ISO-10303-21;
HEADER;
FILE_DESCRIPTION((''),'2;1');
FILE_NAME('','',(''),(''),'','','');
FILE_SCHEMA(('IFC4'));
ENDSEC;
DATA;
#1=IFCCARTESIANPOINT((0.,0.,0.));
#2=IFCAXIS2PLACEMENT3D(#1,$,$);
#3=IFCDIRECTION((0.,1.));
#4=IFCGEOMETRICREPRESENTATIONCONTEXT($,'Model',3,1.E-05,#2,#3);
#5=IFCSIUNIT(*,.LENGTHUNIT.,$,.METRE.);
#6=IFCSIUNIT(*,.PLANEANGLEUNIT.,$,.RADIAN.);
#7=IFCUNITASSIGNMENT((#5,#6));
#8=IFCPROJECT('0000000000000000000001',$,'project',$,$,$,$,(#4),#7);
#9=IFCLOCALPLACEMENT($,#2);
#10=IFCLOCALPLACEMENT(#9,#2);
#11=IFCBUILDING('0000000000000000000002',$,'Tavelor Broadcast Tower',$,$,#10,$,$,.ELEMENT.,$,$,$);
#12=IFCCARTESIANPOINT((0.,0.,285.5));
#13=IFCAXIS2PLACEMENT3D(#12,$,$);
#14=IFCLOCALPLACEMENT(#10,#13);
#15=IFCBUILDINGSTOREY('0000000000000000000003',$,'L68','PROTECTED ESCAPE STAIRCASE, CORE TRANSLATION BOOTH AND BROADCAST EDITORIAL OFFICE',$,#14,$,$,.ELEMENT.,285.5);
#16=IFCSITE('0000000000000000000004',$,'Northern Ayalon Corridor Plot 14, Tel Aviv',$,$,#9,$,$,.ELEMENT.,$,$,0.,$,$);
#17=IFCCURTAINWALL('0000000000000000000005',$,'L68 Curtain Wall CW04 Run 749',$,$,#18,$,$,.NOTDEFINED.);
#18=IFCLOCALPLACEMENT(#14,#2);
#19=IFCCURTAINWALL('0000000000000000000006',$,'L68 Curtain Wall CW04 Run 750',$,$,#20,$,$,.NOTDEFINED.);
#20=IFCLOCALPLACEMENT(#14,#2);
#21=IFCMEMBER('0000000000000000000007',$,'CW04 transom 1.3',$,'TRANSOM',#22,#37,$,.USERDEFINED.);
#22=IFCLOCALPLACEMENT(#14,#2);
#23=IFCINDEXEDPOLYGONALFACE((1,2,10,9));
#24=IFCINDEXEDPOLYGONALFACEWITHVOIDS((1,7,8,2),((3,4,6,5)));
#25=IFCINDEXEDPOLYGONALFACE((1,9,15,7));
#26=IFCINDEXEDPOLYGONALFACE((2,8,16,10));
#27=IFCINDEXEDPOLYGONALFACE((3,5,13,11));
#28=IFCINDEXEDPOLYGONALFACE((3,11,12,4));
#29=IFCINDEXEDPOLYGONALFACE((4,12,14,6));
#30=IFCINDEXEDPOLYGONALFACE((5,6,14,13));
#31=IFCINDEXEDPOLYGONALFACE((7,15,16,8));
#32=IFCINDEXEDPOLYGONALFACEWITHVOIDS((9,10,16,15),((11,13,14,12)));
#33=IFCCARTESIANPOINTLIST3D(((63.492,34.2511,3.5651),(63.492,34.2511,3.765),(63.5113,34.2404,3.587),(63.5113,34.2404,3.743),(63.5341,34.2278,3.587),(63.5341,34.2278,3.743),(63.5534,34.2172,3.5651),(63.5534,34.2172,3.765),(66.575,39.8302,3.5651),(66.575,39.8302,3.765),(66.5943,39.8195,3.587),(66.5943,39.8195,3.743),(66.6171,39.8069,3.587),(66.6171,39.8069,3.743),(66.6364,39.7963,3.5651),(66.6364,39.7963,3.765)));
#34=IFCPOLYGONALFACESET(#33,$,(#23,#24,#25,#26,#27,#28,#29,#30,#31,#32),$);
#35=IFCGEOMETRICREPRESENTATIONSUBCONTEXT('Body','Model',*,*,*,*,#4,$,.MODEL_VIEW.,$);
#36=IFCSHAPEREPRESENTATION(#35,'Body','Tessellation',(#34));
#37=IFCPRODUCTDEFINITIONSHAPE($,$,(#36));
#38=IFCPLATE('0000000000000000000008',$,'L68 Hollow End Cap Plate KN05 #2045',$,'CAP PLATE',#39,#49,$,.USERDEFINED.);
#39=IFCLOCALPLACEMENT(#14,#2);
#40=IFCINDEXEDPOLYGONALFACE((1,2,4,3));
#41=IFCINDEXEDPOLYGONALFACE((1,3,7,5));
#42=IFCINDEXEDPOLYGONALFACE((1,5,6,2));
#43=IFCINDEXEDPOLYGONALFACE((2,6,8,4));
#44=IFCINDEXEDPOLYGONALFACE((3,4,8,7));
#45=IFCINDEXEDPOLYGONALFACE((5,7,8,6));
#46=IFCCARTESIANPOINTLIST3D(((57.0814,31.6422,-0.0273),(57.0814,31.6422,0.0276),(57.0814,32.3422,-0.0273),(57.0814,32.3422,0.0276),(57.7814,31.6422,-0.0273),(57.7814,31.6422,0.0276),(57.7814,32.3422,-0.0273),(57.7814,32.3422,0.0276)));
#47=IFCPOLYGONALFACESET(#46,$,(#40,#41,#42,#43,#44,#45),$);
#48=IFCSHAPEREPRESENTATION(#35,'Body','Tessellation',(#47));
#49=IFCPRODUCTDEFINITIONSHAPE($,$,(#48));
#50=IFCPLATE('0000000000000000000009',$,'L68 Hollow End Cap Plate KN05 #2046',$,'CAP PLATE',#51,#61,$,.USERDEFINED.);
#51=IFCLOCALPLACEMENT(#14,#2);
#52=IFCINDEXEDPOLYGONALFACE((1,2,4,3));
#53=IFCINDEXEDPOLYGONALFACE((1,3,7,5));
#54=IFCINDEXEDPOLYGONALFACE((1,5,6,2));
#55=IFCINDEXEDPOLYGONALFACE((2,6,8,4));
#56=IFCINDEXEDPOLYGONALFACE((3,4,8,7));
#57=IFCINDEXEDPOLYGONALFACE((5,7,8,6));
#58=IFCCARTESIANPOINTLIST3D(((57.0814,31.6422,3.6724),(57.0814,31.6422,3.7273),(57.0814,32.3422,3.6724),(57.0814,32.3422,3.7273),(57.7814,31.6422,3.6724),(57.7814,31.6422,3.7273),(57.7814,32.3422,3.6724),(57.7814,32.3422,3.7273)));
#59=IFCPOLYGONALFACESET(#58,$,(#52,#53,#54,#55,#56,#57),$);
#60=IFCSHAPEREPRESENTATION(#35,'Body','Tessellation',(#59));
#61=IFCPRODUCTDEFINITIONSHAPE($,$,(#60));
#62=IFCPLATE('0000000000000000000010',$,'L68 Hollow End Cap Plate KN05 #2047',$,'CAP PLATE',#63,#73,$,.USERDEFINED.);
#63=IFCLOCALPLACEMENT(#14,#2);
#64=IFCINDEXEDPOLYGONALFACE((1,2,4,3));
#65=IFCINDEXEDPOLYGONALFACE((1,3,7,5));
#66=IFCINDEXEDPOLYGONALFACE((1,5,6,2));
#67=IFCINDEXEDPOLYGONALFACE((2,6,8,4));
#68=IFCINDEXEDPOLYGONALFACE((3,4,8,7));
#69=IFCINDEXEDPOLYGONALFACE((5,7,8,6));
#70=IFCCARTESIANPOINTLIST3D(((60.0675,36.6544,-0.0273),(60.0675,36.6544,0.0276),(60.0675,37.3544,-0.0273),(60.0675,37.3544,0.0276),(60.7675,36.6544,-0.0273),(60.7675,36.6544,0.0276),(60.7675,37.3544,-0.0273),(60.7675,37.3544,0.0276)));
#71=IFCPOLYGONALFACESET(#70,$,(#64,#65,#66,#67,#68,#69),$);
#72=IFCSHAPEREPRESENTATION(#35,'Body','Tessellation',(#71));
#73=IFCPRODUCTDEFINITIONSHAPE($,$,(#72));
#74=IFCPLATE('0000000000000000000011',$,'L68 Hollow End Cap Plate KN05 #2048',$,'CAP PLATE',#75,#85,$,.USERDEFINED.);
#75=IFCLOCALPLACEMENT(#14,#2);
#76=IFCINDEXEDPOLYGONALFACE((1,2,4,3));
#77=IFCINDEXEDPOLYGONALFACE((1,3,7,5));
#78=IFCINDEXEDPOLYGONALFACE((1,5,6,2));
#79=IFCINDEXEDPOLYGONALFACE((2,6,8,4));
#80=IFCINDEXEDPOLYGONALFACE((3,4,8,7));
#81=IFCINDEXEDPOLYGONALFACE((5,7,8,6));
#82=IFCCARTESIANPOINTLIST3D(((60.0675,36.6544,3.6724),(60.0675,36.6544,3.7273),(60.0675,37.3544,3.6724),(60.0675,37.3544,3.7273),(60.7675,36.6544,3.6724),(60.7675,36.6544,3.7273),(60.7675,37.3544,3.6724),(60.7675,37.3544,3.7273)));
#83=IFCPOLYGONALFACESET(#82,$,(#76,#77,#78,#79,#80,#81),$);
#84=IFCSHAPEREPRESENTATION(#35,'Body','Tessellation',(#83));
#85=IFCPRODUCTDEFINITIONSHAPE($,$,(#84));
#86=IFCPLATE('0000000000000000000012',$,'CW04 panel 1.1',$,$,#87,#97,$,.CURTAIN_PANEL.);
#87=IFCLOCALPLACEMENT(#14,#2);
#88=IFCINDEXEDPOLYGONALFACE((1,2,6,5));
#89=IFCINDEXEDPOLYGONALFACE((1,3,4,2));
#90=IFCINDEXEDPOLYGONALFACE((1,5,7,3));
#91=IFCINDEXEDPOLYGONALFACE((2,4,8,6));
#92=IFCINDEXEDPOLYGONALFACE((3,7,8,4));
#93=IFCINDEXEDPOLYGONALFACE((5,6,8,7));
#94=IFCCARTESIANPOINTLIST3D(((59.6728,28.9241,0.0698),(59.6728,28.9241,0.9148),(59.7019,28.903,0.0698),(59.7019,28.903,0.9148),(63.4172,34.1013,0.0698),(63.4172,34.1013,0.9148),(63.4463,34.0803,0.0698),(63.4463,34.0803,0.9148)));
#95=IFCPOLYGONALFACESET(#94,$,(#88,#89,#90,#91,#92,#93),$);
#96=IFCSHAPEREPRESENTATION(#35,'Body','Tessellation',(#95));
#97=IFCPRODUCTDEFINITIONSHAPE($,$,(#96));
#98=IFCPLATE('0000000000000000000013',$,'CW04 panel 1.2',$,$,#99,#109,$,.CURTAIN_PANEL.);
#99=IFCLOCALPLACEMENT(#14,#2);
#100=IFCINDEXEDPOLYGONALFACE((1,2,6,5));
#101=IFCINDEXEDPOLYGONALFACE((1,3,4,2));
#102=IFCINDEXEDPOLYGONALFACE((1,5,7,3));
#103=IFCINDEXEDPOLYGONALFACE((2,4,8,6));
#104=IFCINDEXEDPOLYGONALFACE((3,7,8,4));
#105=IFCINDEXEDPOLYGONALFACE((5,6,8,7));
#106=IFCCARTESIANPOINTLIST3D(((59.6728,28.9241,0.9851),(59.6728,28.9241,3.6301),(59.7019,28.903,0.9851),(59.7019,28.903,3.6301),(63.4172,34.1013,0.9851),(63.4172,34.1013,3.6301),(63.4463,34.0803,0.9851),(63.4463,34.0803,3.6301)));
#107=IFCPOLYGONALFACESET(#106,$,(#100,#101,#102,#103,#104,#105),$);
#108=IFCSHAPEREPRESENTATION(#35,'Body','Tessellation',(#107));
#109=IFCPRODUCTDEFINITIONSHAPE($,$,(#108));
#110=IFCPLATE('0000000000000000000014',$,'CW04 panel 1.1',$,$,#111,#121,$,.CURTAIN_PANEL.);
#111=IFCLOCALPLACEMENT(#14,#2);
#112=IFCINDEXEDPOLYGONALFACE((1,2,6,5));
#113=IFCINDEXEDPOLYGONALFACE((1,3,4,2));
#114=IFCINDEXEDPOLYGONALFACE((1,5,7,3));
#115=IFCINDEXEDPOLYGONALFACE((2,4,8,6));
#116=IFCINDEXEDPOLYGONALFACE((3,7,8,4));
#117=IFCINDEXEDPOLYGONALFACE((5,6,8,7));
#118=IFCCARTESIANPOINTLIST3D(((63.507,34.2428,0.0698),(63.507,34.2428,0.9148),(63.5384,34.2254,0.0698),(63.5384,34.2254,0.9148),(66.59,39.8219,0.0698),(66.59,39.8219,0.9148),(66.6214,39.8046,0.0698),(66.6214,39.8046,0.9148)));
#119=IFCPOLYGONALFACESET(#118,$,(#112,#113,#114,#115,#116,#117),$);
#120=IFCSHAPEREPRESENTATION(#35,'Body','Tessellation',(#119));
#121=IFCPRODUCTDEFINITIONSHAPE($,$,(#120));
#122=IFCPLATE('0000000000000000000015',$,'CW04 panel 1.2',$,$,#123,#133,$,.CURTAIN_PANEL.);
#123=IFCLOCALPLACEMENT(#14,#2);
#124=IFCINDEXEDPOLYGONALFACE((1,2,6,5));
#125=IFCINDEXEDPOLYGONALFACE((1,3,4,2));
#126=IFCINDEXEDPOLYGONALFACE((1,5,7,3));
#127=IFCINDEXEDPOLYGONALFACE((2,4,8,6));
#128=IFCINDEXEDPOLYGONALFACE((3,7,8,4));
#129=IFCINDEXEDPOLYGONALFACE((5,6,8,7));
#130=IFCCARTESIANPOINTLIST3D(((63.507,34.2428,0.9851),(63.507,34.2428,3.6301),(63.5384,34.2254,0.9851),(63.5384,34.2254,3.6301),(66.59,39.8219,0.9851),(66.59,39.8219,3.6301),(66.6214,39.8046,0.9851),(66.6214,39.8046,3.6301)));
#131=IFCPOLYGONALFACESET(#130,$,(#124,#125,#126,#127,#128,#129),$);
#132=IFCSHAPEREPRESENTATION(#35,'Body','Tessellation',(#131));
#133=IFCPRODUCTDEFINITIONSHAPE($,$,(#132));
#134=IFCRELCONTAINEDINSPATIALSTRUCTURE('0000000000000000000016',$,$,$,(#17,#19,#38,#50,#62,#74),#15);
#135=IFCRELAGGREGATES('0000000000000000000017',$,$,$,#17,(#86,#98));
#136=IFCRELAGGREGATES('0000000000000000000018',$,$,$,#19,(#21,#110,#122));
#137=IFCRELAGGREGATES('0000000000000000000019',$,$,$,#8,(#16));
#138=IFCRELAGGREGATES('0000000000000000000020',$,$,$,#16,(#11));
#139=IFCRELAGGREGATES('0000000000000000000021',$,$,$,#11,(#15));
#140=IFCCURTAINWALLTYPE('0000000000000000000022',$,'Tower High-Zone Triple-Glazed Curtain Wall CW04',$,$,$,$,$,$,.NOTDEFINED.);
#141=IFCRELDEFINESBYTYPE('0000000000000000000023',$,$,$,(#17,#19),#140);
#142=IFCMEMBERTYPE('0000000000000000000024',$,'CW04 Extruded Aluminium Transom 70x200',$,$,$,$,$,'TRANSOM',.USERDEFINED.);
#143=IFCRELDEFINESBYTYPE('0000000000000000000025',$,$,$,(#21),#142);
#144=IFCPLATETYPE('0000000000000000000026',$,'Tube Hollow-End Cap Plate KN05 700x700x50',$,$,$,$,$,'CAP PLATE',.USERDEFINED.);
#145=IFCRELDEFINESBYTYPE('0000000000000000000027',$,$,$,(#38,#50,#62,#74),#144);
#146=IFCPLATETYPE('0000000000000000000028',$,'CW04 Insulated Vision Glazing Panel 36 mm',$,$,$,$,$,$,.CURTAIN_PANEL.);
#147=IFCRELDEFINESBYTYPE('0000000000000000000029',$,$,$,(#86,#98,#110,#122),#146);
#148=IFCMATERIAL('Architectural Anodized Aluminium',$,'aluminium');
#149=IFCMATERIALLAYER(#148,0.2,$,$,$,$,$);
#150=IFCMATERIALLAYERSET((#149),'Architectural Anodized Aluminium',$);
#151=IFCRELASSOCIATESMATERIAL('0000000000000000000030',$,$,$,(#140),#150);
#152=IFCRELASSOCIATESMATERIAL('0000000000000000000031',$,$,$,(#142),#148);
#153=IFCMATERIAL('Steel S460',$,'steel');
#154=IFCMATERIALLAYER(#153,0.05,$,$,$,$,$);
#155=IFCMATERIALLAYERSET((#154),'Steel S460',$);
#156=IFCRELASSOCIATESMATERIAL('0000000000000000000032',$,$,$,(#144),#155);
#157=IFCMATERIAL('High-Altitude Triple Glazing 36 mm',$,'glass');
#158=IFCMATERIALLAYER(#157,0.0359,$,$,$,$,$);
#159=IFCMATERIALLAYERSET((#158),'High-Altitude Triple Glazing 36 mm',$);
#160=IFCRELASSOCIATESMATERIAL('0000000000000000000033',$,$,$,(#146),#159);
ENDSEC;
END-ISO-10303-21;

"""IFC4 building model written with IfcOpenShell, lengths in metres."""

from ifc_helpers import new_model, si_unit, direction, frame, origin, origin_2d, place, context, subcontext, project, spatial, rectangle, hollow_rectangle, extrude, source, transform, mapped, material, layer, layer_set, material_profile, profile_set, type_object, type_shapes, element, aggregate, save


model = new_model("IFC4")

# Units and contexts
model_context = context("Model", 3, precision=1e-05, world=origin(), true_north=direction((0.0, 1.0)))
body_context = subcontext(model_context, "Body", "Model", "MODEL_VIEW")
ifc_project = project(units=[si_unit("LENGTHUNIT", "METRE"), si_unit("PLANEANGLEUNIT", "RADIAN")], contexts=[model_context])

# Site, building, storey
site_placement = place(None, origin())
site = spatial("IfcSite", under=ifc_project, at=site_placement, Name="Northern Ayalon Corridor Plot 14, Tel Aviv", CompositionType="ELEMENT", RefElevation=0.0)
building_placement = place(site_placement, origin())
building = spatial("IfcBuilding", under=site, at=building_placement, Name="Tavelor Broadcast Tower", CompositionType="ELEMENT")
storey_placement = place(building_placement, frame((0.0, 0.0, 285.5)))
storey = spatial("IfcBuildingStorey", under=building, at=storey_placement, Name="L68", Description="PROTECTED ESCAPE STAIRCASE, CORE TRANSLATION BOOTH AND BROADCAST EDITORIAL OFFICE", CompositionType="ELEMENT", Elevation=285.5)

# Shared definitions
ifc_material_1 = material(Name="Steel S460", Category="steel")

# Curtain wall
ifc_material_2 = material(Name="Architectural Anodized Aluminium", Category="aluminium")
ifc_layer_1 = layer(ifc_material_2, 0.2)
ifc_layer_set_1 = layer_set([ifc_layer_1], Name="Architectural Anodized Aluminium")
curtain_wall_type = type_object("IfcCurtainWallType", Name="Tower High-Zone Triple-Glazed Curtain Wall CW04", PredefinedType="NOTDEFINED", material=ifc_layer_set_1)
curtain_wall_1_placement = place(storey_placement, origin())
curtain_wall_1 = element("IfcCurtainWall", 1, at=curtain_wall_1_placement, inside=storey, type_object=curtain_wall_type, Name="L68 Curtain Wall CW04 Run 749", PredefinedType="NOTDEFINED")

# Curtain wall
curtain_wall_2_placement = place(storey_placement, origin())
curtain_wall_2 = element("IfcCurtainWall", 2, at=curtain_wall_2_placement, inside=storey, type_object=curtain_wall_type, Name="L68 Curtain Wall CW04 Run 750", PredefinedType="NOTDEFINED")

# Member
ifc_material_profile_1 = material_profile(ifc_material_2, hollow_rectangle(XDim=0.0701, YDim=0.2, WallThickness=0.022, at=origin_2d()), Name="RHS 70x200x22")
ifc_profile_set_1 = profile_set([ifc_material_profile_1], Name="Architectural Anodized Aluminium")
member_type_1 = type_object("IfcMemberType", Name="CW04 Extruded Aluminium Transom 70x200", ElementType="TRANSOM", PredefinedType="USERDEFINED", material=ifc_profile_set_1)
shared_shape_1 = source(origin(), body_context, "Body", "SweptSolid", [
    extrude(hollow_rectangle(XDim=0.0701, YDim=0.2, WallThickness=0.022, at=origin_2d()), origin(), (0.0, 0.0, 1.0), 6.3743),
])
member_1_placement = place(storey_placement, frame((63.5227, 34.2341, 3.665), z_axis=(0.483664, 0.875253, 0.0), x_axis=(-0.875253, 0.483664, 0.0)))
member_1 = element("IfcMember", 3, at=member_1_placement, type_object=member_type_1, Name="CW04 transom 1.3", ObjectType="TRANSOM", PredefinedType="USERDEFINED", context=body_context, shape_type="MappedRepresentation", body=[
    mapped(shared_shape_1, transform((0.0, 0.0, 0.0), scale=1.0)),
])

# Plates
ifc_layer_2 = layer(ifc_material_1, 0.05)
ifc_layer_set_2 = layer_set([ifc_layer_2], Name="Steel S460")
plate_type_1 = type_object("IfcPlateType", Name="Tube Hollow-End Cap Plate KN05 700x700x50", ElementType="CAP PLATE", PredefinedType="USERDEFINED", material=ifc_layer_set_2)
shared_shape_2 = source(origin(), body_context, "Body", "SweptSolid", [
    extrude(rectangle(XDim=0.7, YDim=0.7, at=origin_2d()), origin(), (0.0, 0.0, 1.0), 0.0549),
])
type_shapes(plate_type_1, [shared_shape_2])
for number, where, z_axis, x_axis, name in (
    (4, (57.4314, 31.9922, -0.0273), (0.0, 0.0, 1.0), (1.0, 0.0, 0.0), "L68 Hollow End Cap Plate KN05 #2045"),
    (5, (57.4314, 31.9922, 3.6724), (0.0, 0.0, 1.0), (1.0, 0.0, 0.0), "L68 Hollow End Cap Plate KN05 #2046"),
    (6, (60.4175, 37.0044, -0.0273), (0.0, 0.0, 1.0), (1.0, 0.0, 0.0), "L68 Hollow End Cap Plate KN05 #2047"),
    (7, (60.4175, 37.0044, 3.6724), (0.0, 0.0, 1.0), (1.0, 0.0, 0.0), "L68 Hollow End Cap Plate KN05 #2048"),
):
    element("IfcPlate", number, at=place(storey_placement, frame(where, z_axis=z_axis, x_axis=x_axis)), inside=storey, type_object=plate_type_1, Name=name, ObjectType="CAP PLATE", PredefinedType="USERDEFINED", context=body_context, shape_type="MappedRepresentation", body=[
        mapped(shared_shape_2, transform((0.0, 0.0, 0.0), scale=1.0)),
    ])

# Plates
ifc_material_3 = material(Name="High-Altitude Triple Glazing 36 mm", Category="glass")
ifc_layer_3 = layer(ifc_material_3, 0.0359)
ifc_layer_set_3 = layer_set([ifc_layer_3], Name="High-Altitude Triple Glazing 36 mm")
plate_type_2 = type_object("IfcPlateType", Name="CW04 Insulated Vision Glazing Panel 36 mm", PredefinedType="CURTAIN_PANEL", material=ifc_layer_set_3)
shared_shape_3 = source(origin(), body_context, "Body", "SweptSolid", [
    extrude(rectangle(XDim=6.3894, YDim=0.0359, at=origin_2d()), origin(), (0.0, 0.0, 1.0), 0.845),
])
plate_1_placement = place(storey_placement, frame((61.5596, 31.5022, 0.0698), z_axis=(0.0, 0.0, 1.0), x_axis=(0.586031, 0.810289, 0.0)))
plate_1 = element("IfcPlate", 8, at=plate_1_placement, type_object=plate_type_2, Name="CW04 panel 1.1", PredefinedType="CURTAIN_PANEL", context=body_context, shape_type="MappedRepresentation", body=[
    mapped(shared_shape_3, transform((0.0, 0.0, 0.0), scale=1.0)),
])
shared_shape_4 = source(origin(), body_context, "Body", "SweptSolid", [
    extrude(rectangle(XDim=6.3894, YDim=0.0359, at=origin_2d()), origin(), (0.0, 0.0, 1.0), 2.645),
])
plate_2_placement = place(storey_placement, frame((61.5596, 31.5022, 0.9851), z_axis=(0.0, 0.0, 1.0), x_axis=(0.586031, 0.810289, 0.0)))
plate_2 = element("IfcPlate", 9, at=plate_2_placement, type_object=plate_type_2, Name="CW04 panel 1.2", PredefinedType="CURTAIN_PANEL", context=body_context, shape_type="MappedRepresentation", body=[
    mapped(shared_shape_4, transform((0.0, 0.0, 0.0), scale=1.0)),
])
aggregate(curtain_wall_1, [plate_1, plate_2])
shared_shape_5 = source(origin(), body_context, "Body", "SweptSolid", [
    extrude(rectangle(XDim=6.3743, YDim=0.0359, at=origin_2d()), origin(), (0.0, 0.0, 1.0), 0.845),
])
plate_3_placement = place(storey_placement, frame((65.0642, 37.0237, 0.0698), z_axis=(0.0, 0.0, 1.0), x_axis=(0.483658, 0.875257, 0.0)))
plate_3 = element("IfcPlate", 10, at=plate_3_placement, type_object=plate_type_2, Name="CW04 panel 1.1", PredefinedType="CURTAIN_PANEL", context=body_context, shape_type="MappedRepresentation", body=[
    mapped(shared_shape_5, transform((0.0, 0.0, 0.0), scale=1.0)),
])
shared_shape_6 = source(origin(), body_context, "Body", "SweptSolid", [
    extrude(rectangle(XDim=6.3743, YDim=0.0359, at=origin_2d()), origin(), (0.0, 0.0, 1.0), 2.645),
])
type_shapes(plate_type_2, [shared_shape_3, shared_shape_4, shared_shape_5, shared_shape_6])
plate_4_placement = place(storey_placement, frame((65.0642, 37.0237, 0.9851), z_axis=(0.0, 0.0, 1.0), x_axis=(0.483658, 0.875257, 0.0)))
plate_4 = element("IfcPlate", 11, at=plate_4_placement, type_object=plate_type_2, Name="CW04 panel 1.2", PredefinedType="CURTAIN_PANEL", context=body_context, shape_type="MappedRepresentation", body=[
    mapped(shared_shape_6, transform((0.0, 0.0, 0.0), scale=1.0)),
])
aggregate(curtain_wall_2, [member_1, plate_3, plate_4])

save(model, "model.ifc")
